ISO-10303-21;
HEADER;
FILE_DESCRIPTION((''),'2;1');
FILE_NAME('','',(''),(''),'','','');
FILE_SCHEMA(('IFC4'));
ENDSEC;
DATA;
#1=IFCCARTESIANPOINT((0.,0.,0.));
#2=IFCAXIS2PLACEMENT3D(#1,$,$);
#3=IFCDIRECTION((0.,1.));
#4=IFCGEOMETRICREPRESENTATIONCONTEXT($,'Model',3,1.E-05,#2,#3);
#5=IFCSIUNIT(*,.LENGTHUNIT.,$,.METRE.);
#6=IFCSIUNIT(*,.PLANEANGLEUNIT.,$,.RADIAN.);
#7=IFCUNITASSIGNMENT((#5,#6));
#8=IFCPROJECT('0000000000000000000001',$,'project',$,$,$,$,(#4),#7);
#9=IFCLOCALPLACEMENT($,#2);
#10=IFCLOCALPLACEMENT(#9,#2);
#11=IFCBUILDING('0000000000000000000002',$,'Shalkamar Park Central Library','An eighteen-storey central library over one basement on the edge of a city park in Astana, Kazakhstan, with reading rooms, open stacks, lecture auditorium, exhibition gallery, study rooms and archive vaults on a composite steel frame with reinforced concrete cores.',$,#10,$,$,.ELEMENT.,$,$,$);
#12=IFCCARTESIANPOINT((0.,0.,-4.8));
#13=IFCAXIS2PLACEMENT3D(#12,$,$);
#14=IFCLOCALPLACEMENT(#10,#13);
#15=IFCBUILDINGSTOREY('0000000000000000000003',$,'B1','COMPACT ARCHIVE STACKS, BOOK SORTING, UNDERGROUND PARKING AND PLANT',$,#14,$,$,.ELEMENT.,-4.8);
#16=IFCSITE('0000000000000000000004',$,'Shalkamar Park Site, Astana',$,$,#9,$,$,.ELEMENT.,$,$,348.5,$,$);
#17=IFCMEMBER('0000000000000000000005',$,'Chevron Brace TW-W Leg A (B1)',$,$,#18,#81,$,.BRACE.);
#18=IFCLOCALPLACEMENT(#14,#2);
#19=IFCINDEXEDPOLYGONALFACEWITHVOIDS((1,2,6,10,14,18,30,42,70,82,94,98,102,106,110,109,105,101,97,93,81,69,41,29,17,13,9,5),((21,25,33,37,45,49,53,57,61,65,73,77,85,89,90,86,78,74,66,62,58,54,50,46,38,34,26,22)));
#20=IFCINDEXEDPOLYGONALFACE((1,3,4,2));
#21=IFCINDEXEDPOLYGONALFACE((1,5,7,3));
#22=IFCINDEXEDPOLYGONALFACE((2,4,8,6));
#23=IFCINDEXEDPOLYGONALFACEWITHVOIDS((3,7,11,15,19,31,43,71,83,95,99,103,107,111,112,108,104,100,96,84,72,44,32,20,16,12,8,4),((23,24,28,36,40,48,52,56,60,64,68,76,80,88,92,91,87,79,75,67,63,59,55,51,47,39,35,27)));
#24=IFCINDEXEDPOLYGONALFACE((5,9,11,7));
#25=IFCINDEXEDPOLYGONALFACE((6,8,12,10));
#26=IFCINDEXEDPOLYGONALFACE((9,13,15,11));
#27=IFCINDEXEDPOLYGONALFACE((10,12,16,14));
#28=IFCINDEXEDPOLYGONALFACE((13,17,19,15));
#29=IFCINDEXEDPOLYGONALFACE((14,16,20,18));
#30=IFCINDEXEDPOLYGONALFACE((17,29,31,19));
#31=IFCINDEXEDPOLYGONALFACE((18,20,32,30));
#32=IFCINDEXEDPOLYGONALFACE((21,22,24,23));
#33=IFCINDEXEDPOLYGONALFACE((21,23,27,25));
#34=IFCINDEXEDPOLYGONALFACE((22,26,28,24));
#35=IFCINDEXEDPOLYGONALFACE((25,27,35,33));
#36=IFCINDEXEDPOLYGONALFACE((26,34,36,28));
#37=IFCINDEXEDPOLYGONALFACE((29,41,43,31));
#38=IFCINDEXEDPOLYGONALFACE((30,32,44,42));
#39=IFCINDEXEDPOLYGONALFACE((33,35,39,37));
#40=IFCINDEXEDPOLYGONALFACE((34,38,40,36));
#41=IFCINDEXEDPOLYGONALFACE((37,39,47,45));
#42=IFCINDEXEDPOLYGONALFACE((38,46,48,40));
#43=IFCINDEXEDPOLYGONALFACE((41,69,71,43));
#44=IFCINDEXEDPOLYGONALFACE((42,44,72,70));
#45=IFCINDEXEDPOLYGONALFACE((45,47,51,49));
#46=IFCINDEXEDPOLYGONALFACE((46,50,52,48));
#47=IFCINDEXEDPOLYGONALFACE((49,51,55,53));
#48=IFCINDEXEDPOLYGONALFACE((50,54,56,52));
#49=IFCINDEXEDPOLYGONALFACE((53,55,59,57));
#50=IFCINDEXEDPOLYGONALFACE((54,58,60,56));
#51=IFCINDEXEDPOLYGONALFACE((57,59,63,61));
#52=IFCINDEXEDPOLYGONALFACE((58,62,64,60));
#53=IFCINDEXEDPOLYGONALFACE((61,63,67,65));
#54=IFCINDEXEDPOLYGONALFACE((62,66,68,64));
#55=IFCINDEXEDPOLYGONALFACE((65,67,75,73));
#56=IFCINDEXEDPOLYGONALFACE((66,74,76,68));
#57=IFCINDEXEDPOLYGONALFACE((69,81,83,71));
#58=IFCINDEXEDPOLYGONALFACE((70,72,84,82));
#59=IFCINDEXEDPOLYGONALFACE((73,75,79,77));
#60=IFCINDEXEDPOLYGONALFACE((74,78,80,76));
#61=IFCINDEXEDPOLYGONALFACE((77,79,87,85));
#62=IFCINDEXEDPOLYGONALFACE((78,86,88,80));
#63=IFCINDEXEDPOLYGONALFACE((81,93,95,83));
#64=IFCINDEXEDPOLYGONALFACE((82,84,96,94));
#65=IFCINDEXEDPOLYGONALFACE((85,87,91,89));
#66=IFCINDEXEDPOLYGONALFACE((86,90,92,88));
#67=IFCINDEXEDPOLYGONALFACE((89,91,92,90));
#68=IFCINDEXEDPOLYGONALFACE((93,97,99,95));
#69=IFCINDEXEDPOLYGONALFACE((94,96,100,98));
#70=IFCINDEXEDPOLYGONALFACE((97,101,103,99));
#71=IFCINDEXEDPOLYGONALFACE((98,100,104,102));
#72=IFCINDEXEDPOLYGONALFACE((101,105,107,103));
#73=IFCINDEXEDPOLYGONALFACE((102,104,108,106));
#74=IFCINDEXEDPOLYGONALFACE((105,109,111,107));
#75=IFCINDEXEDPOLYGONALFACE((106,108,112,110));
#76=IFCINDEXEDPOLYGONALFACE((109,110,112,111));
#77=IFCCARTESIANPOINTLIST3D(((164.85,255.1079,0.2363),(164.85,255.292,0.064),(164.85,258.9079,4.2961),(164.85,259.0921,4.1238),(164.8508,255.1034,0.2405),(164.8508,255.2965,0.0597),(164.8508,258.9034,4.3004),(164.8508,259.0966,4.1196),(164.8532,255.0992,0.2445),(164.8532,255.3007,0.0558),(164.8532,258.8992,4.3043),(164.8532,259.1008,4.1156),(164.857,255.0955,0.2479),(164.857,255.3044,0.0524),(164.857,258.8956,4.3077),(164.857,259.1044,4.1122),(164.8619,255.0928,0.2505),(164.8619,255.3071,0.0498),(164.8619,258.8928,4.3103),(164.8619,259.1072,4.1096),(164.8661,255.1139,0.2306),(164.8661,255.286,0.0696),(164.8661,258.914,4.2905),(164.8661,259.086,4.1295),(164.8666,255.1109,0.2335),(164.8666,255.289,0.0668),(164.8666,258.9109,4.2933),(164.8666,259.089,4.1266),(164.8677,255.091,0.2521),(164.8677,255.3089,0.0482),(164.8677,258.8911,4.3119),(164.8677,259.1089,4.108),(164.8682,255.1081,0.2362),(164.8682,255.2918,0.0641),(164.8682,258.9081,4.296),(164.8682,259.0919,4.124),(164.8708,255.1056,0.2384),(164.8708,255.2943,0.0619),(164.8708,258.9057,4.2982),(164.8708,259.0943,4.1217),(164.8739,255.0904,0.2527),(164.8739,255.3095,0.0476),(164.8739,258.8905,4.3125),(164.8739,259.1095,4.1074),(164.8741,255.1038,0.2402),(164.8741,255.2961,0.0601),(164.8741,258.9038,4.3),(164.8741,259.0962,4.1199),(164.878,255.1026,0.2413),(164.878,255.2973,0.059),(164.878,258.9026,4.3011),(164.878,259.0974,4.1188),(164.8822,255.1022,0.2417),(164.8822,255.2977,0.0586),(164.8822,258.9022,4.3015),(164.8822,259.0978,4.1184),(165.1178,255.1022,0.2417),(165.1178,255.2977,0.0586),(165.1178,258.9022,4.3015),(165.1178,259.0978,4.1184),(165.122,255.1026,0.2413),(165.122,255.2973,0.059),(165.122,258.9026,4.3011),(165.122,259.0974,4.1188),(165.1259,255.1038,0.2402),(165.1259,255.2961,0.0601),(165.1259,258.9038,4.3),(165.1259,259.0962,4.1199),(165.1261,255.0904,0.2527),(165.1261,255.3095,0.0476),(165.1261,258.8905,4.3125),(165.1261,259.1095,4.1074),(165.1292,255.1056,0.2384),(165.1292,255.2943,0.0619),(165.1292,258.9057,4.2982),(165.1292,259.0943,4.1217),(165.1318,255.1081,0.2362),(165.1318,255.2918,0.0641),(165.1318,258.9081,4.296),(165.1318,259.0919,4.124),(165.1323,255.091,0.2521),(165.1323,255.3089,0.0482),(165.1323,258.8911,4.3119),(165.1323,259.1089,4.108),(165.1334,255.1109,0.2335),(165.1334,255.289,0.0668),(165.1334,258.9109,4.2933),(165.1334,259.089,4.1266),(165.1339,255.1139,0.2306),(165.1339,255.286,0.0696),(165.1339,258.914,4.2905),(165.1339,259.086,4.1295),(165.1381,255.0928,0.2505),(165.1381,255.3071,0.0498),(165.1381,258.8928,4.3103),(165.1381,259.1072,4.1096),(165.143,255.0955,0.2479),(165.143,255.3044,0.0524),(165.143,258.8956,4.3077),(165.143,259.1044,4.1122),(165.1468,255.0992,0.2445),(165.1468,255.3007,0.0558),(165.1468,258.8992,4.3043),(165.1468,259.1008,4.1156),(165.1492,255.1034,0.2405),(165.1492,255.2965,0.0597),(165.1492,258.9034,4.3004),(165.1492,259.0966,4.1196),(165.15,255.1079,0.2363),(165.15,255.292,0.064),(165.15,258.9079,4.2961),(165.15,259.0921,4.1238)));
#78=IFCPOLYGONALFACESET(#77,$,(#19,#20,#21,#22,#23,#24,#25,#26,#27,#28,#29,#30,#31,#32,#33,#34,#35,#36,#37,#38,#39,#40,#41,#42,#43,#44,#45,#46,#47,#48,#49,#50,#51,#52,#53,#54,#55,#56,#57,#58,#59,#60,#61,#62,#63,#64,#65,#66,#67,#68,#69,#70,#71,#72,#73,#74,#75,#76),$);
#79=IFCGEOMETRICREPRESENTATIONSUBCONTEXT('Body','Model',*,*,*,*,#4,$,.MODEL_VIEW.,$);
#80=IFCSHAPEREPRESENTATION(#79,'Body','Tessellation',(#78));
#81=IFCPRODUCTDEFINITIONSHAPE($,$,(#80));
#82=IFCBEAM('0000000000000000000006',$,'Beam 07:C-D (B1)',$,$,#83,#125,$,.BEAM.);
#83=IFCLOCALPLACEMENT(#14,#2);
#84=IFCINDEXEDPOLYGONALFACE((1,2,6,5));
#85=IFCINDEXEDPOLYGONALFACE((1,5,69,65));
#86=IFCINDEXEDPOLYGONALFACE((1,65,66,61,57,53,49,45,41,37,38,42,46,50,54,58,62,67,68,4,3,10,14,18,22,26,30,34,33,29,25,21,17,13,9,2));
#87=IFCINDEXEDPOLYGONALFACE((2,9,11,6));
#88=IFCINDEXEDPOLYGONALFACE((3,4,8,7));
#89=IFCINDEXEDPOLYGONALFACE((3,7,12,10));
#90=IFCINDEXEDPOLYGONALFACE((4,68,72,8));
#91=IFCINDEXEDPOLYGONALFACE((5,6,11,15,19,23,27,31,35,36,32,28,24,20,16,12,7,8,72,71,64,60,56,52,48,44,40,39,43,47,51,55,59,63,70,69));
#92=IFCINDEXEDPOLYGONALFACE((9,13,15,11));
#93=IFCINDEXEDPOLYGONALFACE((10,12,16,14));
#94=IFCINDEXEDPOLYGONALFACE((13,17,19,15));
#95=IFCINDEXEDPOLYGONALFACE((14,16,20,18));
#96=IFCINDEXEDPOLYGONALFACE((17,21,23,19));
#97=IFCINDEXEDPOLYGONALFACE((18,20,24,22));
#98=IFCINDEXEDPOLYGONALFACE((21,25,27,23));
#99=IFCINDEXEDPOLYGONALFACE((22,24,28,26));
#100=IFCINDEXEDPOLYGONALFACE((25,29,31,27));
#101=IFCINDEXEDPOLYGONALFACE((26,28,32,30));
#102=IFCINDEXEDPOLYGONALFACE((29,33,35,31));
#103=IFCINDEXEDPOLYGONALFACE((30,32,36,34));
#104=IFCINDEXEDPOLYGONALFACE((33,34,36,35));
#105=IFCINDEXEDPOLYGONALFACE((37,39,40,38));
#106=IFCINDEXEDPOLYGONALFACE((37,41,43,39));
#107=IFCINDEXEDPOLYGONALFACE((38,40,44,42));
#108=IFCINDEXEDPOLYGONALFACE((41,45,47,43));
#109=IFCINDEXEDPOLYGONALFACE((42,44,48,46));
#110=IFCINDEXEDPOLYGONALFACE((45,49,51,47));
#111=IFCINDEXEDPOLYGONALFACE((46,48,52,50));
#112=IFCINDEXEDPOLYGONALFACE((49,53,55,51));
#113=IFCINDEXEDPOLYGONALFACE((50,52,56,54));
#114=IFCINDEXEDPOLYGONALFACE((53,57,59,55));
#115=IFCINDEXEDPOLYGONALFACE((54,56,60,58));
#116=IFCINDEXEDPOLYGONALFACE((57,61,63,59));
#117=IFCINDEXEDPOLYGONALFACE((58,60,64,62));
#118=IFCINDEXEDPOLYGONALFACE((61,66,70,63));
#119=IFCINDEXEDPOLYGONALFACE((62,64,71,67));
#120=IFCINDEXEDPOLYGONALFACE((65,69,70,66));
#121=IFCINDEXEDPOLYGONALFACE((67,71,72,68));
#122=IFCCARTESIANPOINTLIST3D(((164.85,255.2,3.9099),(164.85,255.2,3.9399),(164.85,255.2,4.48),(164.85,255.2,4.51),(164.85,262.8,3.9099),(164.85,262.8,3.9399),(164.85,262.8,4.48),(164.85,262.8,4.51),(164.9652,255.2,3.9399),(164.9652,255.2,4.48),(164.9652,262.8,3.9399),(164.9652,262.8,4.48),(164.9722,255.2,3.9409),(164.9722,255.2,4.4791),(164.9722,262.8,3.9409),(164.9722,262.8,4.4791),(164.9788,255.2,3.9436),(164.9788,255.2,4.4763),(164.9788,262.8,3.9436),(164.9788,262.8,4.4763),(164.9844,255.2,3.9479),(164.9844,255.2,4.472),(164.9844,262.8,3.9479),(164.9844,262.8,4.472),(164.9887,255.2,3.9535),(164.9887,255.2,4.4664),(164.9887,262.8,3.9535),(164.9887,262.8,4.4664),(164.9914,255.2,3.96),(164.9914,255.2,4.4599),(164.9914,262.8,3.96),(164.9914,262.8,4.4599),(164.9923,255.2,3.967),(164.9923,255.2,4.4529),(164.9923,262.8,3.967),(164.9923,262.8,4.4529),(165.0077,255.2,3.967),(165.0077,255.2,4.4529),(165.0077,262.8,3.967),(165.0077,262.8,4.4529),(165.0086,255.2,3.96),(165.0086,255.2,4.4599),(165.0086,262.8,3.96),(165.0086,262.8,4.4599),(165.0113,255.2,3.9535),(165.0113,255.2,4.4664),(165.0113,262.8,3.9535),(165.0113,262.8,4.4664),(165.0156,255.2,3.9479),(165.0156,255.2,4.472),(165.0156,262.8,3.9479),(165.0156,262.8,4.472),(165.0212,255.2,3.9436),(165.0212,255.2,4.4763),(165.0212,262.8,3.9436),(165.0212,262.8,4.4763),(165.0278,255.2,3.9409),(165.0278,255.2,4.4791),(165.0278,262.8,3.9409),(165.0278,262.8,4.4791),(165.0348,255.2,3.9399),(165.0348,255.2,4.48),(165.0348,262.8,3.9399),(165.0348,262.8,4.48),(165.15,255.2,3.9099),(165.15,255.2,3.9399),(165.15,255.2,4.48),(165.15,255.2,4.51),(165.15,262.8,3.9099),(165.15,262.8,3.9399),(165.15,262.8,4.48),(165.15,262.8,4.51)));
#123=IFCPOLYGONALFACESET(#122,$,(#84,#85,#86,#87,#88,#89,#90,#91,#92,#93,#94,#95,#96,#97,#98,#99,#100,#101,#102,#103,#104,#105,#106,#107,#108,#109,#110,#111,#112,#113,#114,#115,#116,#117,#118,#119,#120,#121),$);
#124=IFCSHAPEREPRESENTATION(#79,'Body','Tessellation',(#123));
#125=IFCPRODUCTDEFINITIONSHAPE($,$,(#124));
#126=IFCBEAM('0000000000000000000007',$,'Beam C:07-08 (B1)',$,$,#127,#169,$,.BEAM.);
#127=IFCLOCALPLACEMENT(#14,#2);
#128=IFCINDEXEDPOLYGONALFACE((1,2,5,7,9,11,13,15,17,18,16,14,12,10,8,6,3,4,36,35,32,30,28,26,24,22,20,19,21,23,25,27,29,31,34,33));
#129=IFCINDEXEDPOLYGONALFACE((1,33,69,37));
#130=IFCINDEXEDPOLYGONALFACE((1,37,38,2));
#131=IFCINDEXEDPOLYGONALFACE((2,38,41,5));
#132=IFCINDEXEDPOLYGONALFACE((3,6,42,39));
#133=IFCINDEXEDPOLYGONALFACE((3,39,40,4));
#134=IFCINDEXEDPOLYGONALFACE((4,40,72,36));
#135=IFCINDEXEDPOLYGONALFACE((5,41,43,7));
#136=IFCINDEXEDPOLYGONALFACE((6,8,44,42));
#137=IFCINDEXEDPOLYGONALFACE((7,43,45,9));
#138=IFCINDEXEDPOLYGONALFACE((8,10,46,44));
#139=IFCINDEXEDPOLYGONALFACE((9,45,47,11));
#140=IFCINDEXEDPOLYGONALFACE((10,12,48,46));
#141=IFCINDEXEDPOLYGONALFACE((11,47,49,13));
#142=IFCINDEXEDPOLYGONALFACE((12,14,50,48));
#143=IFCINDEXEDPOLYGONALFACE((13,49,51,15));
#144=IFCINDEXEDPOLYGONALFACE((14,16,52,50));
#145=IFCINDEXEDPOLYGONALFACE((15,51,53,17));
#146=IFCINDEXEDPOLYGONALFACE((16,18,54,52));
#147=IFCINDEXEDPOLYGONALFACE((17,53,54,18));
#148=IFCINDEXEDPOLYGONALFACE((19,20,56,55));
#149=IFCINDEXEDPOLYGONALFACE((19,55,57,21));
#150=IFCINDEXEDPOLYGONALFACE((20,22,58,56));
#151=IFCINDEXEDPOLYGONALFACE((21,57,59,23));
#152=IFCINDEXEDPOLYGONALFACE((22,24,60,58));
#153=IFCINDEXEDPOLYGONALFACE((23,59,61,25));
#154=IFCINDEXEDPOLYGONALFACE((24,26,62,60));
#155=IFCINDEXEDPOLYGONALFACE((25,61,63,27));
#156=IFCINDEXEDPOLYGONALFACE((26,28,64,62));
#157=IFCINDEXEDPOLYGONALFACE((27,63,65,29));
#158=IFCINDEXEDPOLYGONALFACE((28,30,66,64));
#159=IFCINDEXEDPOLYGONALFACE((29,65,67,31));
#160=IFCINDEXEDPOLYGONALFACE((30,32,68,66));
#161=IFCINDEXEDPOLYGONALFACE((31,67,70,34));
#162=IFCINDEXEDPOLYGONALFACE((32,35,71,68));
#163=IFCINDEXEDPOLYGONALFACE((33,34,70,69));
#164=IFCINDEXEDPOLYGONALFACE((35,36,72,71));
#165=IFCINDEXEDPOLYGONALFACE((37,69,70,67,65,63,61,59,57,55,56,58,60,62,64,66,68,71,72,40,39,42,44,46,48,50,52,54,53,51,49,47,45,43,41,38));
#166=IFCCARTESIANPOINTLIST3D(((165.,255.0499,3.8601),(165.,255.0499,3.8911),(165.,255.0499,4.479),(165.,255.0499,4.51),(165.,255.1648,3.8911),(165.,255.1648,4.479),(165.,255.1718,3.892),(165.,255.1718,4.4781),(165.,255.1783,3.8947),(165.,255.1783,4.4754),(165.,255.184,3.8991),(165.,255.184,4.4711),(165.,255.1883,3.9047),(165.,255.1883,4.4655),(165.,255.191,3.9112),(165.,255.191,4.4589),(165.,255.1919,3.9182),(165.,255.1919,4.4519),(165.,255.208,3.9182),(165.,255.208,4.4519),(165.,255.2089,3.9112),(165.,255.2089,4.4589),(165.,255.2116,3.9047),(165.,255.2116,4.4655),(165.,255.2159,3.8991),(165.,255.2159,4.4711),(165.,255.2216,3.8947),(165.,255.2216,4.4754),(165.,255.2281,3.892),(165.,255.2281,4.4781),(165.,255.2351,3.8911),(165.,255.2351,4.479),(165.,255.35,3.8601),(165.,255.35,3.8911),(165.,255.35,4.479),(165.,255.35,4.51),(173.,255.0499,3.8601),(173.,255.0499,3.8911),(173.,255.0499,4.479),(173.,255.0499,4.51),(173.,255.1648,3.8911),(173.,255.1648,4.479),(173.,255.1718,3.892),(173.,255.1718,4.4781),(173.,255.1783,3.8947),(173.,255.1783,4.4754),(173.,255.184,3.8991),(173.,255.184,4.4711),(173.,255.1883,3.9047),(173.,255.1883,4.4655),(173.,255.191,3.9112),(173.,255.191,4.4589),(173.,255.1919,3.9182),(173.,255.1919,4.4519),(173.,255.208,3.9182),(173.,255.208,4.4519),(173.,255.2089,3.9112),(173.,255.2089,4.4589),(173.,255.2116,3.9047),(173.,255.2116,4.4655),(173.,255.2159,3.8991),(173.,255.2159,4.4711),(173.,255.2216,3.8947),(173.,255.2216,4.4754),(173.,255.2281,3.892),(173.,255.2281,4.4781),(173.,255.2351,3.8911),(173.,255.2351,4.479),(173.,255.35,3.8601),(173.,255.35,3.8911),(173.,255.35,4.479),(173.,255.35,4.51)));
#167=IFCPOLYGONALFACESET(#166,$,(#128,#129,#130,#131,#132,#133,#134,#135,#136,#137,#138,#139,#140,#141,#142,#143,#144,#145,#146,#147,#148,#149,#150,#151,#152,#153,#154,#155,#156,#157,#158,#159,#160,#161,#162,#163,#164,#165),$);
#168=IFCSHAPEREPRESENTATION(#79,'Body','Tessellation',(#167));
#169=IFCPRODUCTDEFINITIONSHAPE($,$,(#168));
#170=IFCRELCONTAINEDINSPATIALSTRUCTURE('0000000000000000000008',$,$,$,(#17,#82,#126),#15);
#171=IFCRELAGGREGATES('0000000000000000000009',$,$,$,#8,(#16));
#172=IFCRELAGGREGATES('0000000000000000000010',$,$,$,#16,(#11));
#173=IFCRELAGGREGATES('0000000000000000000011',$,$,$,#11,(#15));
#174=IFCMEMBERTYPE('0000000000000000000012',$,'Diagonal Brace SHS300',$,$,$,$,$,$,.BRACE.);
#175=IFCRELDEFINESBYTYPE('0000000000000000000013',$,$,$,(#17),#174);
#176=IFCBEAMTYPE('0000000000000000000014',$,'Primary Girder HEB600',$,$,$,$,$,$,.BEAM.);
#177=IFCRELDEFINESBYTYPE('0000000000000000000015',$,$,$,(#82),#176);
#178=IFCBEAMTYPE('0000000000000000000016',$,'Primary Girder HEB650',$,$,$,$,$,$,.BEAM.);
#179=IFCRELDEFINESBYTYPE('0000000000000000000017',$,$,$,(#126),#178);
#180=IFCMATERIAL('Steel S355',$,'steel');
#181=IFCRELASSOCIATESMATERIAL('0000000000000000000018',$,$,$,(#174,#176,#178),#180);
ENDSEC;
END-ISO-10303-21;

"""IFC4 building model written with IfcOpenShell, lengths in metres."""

from ifc_helpers import new_model, si_unit, direction, frame, origin, origin_2d, place, context, subcontext, project, spatial, hollow_rectangle, i_section, extrude, material, material_profile, profile_set, type_object, element, save


model = new_model("IFC4")

# Units and contexts
model_context = context("Model", 3, precision=1e-05, world=origin(), true_north=direction((0.0, 1.0)))
body_context = subcontext(model_context, "Body", "Model", "MODEL_VIEW")
ifc_project = project(units=[si_unit("LENGTHUNIT", "METRE"), si_unit("PLANEANGLEUNIT", "RADIAN")], contexts=[model_context])

# Site, building, storey
site_placement = place(None, origin())
site = spatial("IfcSite", under=ifc_project, at=site_placement, Name="Shalkamar Park Site, Astana", CompositionType="ELEMENT", RefElevation=348.5)
building_placement = place(site_placement, origin())
building = spatial("IfcBuilding", under=site, at=building_placement, Name="Shalkamar Park Central Library", Description="An eighteen-storey central library over one basement on the edge of a city park in Astana, Kazakhstan, with reading rooms, open stacks, lecture auditorium, exhibition gallery, study rooms and archive vaults on a composite steel frame with reinforced concrete cores.", CompositionType="ELEMENT")
storey_placement = place(building_placement, frame((0.0, 0.0, -4.8)))
storey = spatial("IfcBuildingStorey", under=building, at=storey_placement, Name="B1", Description="COMPACT ARCHIVE STACKS, BOOK SORTING, UNDERGROUND PARKING AND PLANT", CompositionType="ELEMENT", Elevation=-4.8)

# Shared definitions
ifc_material_1 = material(Name="Steel S355", Category="steel")

# Member
ifc_material_profile_1 = material_profile(ifc_material_1, hollow_rectangle(XDim=0.3, YDim=0.3, WallThickness=0.0161, InnerFilletRadius=0.0161, OuterFilletRadius=0.0239, at=origin_2d()), Name="SHS 300x300x16")
ifc_profile_set_1 = profile_set([ifc_material_profile_1], Name="Steel S355")
member_type = type_object("IfcMemberType", Name="Diagonal Brace SHS300", PredefinedType="BRACE", material=ifc_profile_set_1)
member_placement = place(storey_placement, frame((165.0, 255.2, 0.1501), z_axis=(0.0, 0.683364, 0.730078), x_axis=(-1.0, 0.0, 0.0)))
element("IfcMember", 1, at=member_placement, inside=storey, type_object=member_type, Name="Chevron Brace TW-W Leg A (B1)", PredefinedType="BRACE", context=body_context, shape_type="SweptSolid", body=[
    extrude(hollow_rectangle(XDim=0.3, YDim=0.3, WallThickness=0.0161, InnerFilletRadius=0.0161, OuterFilletRadius=0.0239, at=origin_2d()), origin(), (0.0, 0.0, 1.0), 5.5608),
])

# Beams
ifc_material_profile_2 = material_profile(ifc_material_1, i_section(OverallWidth=0.3, OverallDepth=0.6001, WebThickness=0.0154, FlangeThickness=0.03, FilletRadius=0.0271, at=origin_2d()), Name="HEB 600")
ifc_profile_set_2 = profile_set([ifc_material_profile_2], Name="Steel S355")
beam_type_1 = type_object("IfcBeamType", Name="Primary Girder HEB600", PredefinedType="BEAM", material=ifc_profile_set_2)
beam_1_placement = place(storey_placement, frame((165.0, 255.2, 4.21), z_axis=(0.0, 1.0, 0.0), x_axis=(-1.0, 0.0, 0.0)))
element("IfcBeam", 2, at=beam_1_placement, inside=storey, type_object=beam_type_1, Name="Beam 07:C-D (B1)", PredefinedType="BEAM", context=body_context, shape_type="SweptSolid", body=[
    extrude(i_section(OverallWidth=0.3, OverallDepth=0.6001, WebThickness=0.0154, FlangeThickness=0.03, FilletRadius=0.0271, at=origin_2d()), origin(), (0.0, 0.0, 1.0), 7.6001),
])
ifc_material_profile_3 = material_profile(ifc_material_1, i_section(OverallWidth=0.3, OverallDepth=0.6499, WebThickness=0.0161, FlangeThickness=0.031, FilletRadius=0.0271, at=origin_2d()), Name="HEB 650")
ifc_profile_set_3 = profile_set([ifc_material_profile_3], Name="Steel S355")
beam_type_2 = type_object("IfcBeamType", Name="Primary Girder HEB650", PredefinedType="BEAM", material=ifc_profile_set_3)
beam_2_placement = place(storey_placement, frame((165.0, 255.2, 4.1851), z_axis=(1.0, 0.0, 0.0), x_axis=(0.0, 1.0, 0.0)))
element("IfcBeam", 3, at=beam_2_placement, inside=storey, type_object=beam_type_2, Name="Beam C:07-08 (B1)", PredefinedType="BEAM", context=body_context, shape_type="SweptSolid", body=[
    extrude(i_section(OverallWidth=0.3, OverallDepth=0.6499, WebThickness=0.0161, FlangeThickness=0.031, FilletRadius=0.0271, at=origin_2d()), origin(), (0.0, 0.0, 1.0), 8.0),
])

save(model, "model.ifc")
